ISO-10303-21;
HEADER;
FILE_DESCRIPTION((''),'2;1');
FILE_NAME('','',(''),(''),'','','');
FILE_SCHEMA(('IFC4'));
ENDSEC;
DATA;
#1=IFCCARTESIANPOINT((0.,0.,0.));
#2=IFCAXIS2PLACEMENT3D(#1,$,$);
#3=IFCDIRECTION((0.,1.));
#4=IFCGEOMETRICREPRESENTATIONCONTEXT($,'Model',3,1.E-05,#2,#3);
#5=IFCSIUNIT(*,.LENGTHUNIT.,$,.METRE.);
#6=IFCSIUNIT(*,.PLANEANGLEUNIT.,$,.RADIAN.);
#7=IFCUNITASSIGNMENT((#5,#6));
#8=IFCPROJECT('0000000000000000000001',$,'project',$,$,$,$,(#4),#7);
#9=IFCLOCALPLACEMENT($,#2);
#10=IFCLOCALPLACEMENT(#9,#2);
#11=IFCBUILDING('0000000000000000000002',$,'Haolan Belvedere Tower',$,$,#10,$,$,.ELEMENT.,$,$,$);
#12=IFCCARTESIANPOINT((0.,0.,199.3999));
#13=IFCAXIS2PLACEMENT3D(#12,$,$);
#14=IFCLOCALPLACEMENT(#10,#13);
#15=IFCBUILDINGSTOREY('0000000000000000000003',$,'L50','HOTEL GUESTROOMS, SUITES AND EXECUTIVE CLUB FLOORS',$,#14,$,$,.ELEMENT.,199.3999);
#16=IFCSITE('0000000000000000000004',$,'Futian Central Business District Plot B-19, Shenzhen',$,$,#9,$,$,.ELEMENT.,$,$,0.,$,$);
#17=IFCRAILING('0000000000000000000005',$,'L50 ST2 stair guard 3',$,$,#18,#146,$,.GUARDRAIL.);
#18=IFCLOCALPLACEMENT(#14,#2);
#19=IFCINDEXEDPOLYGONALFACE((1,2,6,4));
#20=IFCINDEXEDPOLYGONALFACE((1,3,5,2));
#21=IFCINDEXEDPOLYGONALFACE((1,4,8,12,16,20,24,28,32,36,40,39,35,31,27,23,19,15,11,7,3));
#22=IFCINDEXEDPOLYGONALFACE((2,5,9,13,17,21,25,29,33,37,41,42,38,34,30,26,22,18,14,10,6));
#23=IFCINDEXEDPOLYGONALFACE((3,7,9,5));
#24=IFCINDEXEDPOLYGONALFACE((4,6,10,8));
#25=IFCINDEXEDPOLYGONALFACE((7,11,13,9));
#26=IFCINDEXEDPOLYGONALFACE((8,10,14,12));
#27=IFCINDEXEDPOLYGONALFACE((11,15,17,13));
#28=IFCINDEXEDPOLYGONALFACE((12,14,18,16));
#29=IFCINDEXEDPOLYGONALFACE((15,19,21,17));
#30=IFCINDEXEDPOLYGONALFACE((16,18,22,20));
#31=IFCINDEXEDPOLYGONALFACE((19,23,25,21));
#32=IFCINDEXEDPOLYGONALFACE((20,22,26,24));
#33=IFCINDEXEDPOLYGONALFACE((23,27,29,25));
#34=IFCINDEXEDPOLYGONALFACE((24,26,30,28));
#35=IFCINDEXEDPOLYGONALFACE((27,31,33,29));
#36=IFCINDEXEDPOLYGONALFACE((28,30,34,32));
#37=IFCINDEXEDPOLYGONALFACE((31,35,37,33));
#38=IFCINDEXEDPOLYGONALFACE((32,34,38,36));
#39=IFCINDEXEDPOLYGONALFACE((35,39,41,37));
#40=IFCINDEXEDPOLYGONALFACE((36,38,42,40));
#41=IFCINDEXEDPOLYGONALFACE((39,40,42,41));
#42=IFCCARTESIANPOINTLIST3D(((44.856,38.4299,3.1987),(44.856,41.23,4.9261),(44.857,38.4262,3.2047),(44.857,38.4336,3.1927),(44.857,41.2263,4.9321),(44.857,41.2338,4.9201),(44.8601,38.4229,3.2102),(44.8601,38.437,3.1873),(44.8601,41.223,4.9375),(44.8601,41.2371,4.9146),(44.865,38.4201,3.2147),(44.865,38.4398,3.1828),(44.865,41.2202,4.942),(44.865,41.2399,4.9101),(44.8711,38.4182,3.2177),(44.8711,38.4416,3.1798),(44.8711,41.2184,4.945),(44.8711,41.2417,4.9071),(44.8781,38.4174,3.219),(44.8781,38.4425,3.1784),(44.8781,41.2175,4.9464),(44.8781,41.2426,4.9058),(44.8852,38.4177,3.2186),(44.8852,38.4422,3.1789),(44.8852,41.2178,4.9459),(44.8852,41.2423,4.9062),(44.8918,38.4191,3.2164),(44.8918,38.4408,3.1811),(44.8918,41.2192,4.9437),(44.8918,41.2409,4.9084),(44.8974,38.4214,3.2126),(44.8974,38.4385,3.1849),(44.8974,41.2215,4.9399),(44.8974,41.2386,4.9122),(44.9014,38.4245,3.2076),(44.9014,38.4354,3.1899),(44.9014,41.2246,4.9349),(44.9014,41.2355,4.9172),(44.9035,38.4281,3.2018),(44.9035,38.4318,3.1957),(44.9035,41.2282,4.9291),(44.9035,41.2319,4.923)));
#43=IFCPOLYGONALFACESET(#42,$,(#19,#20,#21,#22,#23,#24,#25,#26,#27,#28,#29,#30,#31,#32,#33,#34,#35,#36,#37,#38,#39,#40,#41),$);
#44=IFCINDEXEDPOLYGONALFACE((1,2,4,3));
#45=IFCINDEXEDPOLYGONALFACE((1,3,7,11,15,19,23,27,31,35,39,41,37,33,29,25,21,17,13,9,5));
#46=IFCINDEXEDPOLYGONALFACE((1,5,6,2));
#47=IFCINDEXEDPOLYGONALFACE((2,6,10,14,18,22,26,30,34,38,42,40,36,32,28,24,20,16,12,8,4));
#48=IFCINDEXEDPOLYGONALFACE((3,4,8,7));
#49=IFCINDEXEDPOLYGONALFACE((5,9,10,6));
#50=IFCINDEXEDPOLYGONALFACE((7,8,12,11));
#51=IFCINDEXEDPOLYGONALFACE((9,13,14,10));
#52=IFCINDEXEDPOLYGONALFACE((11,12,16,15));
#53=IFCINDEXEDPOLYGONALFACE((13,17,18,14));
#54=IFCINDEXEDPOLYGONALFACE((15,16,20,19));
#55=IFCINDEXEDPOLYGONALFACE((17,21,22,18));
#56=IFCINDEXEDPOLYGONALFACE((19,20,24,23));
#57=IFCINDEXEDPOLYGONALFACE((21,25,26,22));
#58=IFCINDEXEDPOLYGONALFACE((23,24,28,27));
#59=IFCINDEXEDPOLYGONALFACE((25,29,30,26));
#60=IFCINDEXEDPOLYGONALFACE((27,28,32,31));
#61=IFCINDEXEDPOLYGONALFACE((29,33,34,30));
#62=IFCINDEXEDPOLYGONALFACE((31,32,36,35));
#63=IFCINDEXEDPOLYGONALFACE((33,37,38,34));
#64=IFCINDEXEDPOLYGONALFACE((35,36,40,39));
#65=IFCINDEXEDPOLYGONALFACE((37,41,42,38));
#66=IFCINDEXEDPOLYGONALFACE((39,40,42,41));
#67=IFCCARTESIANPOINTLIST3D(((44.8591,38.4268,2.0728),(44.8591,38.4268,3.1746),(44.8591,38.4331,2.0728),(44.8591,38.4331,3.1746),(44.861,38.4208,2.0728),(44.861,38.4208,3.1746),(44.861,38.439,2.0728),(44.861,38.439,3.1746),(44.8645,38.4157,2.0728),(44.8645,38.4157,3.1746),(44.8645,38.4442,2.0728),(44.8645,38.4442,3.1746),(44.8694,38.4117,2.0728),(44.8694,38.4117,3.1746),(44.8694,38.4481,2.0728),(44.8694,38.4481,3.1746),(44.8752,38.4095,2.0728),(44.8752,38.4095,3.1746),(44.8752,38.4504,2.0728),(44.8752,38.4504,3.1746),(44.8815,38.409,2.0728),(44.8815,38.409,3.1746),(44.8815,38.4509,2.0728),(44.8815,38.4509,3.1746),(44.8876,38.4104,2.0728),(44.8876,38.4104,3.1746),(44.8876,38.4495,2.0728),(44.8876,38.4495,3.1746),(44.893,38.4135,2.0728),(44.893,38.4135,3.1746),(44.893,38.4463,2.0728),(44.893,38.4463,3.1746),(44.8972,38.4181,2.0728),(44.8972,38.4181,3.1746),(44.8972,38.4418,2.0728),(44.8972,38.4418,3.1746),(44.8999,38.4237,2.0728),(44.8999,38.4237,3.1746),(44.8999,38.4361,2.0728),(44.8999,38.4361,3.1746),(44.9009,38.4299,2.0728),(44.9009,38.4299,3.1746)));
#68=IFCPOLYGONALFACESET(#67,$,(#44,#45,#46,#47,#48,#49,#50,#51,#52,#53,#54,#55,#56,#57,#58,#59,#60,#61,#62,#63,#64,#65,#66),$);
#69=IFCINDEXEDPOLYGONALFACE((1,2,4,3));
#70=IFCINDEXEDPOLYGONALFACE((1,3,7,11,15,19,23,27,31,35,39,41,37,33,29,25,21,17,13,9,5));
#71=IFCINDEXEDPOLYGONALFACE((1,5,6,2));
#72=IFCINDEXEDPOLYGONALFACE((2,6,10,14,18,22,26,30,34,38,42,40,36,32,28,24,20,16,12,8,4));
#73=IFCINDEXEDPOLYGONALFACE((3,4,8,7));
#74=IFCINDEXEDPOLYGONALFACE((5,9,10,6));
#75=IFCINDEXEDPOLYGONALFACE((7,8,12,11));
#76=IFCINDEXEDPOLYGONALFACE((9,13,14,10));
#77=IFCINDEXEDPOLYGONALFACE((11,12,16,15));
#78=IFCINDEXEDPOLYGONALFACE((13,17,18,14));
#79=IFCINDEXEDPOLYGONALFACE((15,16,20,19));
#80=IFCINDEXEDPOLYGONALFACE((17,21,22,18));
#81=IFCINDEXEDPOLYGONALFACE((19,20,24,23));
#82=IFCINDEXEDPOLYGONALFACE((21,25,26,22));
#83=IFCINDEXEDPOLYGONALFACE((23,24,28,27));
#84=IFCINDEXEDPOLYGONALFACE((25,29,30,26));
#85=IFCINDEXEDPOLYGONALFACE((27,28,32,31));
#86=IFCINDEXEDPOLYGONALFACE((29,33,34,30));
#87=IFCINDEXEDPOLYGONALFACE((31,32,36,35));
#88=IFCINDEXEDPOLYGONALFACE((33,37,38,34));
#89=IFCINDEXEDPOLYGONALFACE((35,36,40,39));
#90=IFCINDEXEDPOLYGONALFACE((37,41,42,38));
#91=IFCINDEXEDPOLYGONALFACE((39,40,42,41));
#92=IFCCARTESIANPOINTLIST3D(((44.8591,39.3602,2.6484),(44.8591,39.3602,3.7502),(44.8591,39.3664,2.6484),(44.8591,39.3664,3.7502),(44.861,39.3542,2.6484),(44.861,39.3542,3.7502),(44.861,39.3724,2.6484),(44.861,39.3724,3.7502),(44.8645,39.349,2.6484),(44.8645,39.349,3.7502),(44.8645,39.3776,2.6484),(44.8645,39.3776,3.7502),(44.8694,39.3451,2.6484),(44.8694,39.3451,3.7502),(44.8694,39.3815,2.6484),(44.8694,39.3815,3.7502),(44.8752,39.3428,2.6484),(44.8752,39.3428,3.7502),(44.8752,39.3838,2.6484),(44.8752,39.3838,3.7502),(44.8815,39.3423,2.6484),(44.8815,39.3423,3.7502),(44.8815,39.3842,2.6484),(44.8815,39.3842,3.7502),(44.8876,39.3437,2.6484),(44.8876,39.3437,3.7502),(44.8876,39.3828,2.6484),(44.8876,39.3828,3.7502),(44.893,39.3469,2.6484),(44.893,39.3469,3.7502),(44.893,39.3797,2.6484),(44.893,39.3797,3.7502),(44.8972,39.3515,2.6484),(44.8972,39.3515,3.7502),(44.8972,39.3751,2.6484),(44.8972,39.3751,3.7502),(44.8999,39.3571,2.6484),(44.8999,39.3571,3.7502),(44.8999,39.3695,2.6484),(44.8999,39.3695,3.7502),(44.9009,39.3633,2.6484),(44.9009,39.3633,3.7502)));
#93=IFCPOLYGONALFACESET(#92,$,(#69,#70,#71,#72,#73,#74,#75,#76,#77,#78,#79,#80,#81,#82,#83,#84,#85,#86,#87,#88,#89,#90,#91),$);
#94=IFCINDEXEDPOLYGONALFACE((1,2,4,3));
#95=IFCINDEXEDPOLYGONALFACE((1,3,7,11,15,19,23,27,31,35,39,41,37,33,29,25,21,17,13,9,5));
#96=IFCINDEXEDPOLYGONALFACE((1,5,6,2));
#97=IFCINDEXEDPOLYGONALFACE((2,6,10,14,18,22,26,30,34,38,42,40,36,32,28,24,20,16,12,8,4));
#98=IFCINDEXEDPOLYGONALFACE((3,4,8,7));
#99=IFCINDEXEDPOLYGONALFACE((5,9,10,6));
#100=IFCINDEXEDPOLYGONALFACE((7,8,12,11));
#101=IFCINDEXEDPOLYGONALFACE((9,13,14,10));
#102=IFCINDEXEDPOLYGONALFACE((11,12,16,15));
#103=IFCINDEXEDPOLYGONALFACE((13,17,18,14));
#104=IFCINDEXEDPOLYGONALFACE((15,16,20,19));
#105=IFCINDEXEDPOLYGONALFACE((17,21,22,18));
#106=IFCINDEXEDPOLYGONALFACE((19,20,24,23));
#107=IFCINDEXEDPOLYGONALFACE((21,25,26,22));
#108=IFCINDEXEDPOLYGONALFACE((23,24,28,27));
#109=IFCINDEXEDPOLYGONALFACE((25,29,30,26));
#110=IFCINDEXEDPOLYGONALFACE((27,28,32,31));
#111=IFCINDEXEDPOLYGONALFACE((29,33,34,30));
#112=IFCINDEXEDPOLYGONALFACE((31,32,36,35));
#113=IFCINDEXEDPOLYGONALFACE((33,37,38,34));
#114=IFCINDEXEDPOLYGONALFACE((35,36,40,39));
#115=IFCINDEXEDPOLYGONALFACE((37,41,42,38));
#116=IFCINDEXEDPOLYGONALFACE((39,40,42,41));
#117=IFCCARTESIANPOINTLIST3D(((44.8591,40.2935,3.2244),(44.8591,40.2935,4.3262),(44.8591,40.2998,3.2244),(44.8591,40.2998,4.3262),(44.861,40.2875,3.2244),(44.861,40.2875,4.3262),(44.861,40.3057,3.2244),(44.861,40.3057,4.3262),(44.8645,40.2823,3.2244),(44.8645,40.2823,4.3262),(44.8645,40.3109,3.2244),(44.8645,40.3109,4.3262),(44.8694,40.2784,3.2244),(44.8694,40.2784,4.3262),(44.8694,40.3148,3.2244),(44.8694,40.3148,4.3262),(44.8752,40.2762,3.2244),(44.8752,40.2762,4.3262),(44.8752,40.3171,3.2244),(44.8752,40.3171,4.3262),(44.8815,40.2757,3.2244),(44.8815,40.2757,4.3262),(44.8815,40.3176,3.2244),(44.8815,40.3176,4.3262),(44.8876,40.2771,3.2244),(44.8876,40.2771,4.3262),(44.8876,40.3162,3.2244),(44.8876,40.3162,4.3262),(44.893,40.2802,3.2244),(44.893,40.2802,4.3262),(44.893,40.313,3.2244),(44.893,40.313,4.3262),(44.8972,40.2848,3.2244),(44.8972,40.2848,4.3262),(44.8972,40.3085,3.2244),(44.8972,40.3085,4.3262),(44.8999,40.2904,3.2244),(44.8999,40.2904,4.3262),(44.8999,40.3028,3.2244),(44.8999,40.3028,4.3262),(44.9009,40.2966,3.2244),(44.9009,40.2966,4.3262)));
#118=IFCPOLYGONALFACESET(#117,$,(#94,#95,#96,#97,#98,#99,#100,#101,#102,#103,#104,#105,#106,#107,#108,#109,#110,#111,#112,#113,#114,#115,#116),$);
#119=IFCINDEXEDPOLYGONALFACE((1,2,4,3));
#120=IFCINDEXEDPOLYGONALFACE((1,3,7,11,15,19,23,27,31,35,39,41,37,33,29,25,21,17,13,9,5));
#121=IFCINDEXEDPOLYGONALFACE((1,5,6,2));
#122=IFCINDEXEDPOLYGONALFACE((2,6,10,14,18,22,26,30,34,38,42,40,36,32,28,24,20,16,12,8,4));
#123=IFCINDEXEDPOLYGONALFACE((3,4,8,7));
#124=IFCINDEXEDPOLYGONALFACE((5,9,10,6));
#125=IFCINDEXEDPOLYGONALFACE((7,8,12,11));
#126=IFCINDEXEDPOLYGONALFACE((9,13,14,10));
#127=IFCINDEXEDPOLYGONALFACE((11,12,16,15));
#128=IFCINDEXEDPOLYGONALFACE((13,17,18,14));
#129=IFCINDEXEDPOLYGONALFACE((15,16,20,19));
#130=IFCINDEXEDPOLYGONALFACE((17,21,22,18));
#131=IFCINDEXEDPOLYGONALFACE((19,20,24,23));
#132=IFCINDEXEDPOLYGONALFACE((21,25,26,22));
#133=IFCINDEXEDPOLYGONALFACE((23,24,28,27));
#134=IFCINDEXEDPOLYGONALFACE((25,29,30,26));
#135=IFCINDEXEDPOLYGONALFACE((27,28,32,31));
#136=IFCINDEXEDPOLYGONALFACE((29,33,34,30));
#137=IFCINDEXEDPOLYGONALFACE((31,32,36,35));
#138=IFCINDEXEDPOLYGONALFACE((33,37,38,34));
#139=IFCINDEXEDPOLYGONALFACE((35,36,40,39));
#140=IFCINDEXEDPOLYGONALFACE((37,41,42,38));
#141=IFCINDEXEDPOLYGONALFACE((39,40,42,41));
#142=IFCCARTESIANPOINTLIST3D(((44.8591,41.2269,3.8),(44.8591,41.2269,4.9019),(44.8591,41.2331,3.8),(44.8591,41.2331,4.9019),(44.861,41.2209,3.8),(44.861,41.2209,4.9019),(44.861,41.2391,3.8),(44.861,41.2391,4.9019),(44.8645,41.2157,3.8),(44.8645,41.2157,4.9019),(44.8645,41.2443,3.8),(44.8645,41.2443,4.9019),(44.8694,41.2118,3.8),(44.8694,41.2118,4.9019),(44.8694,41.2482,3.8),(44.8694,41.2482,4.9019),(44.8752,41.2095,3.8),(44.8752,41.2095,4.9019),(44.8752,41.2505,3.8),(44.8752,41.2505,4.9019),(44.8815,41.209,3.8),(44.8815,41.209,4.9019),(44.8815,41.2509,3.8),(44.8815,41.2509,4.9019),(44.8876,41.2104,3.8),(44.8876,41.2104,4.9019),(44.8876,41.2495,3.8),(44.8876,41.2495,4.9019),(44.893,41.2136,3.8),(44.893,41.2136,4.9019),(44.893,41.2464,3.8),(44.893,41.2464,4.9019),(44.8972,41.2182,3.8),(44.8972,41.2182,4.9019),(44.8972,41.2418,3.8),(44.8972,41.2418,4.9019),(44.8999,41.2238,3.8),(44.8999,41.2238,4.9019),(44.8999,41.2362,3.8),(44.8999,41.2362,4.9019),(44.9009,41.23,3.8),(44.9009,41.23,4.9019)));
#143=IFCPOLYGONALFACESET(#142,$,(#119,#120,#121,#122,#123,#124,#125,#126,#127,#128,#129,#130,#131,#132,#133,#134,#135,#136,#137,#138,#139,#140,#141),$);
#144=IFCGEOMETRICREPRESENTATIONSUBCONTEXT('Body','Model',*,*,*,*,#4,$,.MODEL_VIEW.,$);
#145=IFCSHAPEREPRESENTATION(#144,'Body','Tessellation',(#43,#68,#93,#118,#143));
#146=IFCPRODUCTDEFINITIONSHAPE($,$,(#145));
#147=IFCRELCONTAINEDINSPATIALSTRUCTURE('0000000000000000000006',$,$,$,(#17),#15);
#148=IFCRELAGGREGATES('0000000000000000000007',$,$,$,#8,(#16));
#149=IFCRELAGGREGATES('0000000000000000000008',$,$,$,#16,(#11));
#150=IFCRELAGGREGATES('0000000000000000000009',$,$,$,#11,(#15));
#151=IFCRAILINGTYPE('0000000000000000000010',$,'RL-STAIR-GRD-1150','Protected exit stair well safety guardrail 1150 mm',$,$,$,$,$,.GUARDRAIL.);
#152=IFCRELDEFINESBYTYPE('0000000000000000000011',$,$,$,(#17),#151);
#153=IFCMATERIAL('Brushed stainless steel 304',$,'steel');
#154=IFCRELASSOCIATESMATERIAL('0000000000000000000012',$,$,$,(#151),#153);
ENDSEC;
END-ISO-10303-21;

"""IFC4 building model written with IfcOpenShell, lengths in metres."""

from ifc_helpers import new_model, si_unit, direction, frame, origin, origin_2d, place, context, subcontext, project, spatial, circle, extrude, material, type_object, element, save


model = new_model("IFC4")

# Units and contexts
model_context = context("Model", 3, precision=1e-05, world=origin(), true_north=direction((0.0, 1.0)))
body_context = subcontext(model_context, "Body", "Model", "MODEL_VIEW")
ifc_project = project(units=[si_unit("LENGTHUNIT", "METRE"), si_unit("PLANEANGLEUNIT", "RADIAN")], contexts=[model_context])

# Site, building, storey
site_placement = place(None, origin())
site = spatial("IfcSite", under=ifc_project, at=site_placement, Name="Futian Central Business District Plot B-19, Shenzhen", CompositionType="ELEMENT", RefElevation=0.0)
building_placement = place(site_placement, origin())
building = spatial("IfcBuilding", under=site, at=building_placement, Name="Haolan Belvedere Tower", CompositionType="ELEMENT")
storey_placement = place(building_placement, frame((0.0, 0.0, 199.3999)))
storey = spatial("IfcBuildingStorey", under=building, at=storey_placement, Name="L50", Description="HOTEL GUESTROOMS, SUITES AND EXECUTIVE CLUB FLOORS", CompositionType="ELEMENT", Elevation=199.3999)

# Railing
ifc_material_1 = material(Name="Brushed stainless steel 304", Category="steel")
railing_type_1 = type_object("IfcRailingType", Name="RL-STAIR-GRD-1150", Description="Protected exit stair well safety guardrail 1150 mm", PredefinedType="GUARDRAIL", material=ifc_material_1)
railing_1_placement = place(storey_placement, frame((44.8799, 38.4299, 2.0728)))
element("IfcRailing", 1, at=railing_1_placement, inside=storey, type_object=railing_type_1, Name="L50 ST2 stair guard 3", PredefinedType="GUARDRAIL", context=body_context, shape_type="SweptSolid", body=[
    extrude(circle(Radius=0.0239, at=origin_2d()), frame((0.0, 0.0, 1.126), z_axis=(0.0, 0.85109, 0.52502), x_axis=(-1.0, 0.0, 0.0)), (0.0, 0.0, 1.0), 3.29),
    extrude(circle(Radius=0.021, at=origin_2d()), origin(), (0.0, 0.0, 1.0), 1.1018),
    extrude(circle(Radius=0.021, at=origin_2d()), frame((0.0, 0.9333, 0.5757)), (0.0, 0.0, 1.0), 1.1018),
    extrude(circle(Radius=0.021, at=origin_2d()), frame((0.0, 1.8667, 1.1516)), (0.0, 0.0, 1.0), 1.1018),
    extrude(circle(Radius=0.021, at=origin_2d()), frame((0.0, 2.8, 1.7273)), (0.0, 0.0, 1.0), 1.1018),
])

save(model, "model.ifc")
